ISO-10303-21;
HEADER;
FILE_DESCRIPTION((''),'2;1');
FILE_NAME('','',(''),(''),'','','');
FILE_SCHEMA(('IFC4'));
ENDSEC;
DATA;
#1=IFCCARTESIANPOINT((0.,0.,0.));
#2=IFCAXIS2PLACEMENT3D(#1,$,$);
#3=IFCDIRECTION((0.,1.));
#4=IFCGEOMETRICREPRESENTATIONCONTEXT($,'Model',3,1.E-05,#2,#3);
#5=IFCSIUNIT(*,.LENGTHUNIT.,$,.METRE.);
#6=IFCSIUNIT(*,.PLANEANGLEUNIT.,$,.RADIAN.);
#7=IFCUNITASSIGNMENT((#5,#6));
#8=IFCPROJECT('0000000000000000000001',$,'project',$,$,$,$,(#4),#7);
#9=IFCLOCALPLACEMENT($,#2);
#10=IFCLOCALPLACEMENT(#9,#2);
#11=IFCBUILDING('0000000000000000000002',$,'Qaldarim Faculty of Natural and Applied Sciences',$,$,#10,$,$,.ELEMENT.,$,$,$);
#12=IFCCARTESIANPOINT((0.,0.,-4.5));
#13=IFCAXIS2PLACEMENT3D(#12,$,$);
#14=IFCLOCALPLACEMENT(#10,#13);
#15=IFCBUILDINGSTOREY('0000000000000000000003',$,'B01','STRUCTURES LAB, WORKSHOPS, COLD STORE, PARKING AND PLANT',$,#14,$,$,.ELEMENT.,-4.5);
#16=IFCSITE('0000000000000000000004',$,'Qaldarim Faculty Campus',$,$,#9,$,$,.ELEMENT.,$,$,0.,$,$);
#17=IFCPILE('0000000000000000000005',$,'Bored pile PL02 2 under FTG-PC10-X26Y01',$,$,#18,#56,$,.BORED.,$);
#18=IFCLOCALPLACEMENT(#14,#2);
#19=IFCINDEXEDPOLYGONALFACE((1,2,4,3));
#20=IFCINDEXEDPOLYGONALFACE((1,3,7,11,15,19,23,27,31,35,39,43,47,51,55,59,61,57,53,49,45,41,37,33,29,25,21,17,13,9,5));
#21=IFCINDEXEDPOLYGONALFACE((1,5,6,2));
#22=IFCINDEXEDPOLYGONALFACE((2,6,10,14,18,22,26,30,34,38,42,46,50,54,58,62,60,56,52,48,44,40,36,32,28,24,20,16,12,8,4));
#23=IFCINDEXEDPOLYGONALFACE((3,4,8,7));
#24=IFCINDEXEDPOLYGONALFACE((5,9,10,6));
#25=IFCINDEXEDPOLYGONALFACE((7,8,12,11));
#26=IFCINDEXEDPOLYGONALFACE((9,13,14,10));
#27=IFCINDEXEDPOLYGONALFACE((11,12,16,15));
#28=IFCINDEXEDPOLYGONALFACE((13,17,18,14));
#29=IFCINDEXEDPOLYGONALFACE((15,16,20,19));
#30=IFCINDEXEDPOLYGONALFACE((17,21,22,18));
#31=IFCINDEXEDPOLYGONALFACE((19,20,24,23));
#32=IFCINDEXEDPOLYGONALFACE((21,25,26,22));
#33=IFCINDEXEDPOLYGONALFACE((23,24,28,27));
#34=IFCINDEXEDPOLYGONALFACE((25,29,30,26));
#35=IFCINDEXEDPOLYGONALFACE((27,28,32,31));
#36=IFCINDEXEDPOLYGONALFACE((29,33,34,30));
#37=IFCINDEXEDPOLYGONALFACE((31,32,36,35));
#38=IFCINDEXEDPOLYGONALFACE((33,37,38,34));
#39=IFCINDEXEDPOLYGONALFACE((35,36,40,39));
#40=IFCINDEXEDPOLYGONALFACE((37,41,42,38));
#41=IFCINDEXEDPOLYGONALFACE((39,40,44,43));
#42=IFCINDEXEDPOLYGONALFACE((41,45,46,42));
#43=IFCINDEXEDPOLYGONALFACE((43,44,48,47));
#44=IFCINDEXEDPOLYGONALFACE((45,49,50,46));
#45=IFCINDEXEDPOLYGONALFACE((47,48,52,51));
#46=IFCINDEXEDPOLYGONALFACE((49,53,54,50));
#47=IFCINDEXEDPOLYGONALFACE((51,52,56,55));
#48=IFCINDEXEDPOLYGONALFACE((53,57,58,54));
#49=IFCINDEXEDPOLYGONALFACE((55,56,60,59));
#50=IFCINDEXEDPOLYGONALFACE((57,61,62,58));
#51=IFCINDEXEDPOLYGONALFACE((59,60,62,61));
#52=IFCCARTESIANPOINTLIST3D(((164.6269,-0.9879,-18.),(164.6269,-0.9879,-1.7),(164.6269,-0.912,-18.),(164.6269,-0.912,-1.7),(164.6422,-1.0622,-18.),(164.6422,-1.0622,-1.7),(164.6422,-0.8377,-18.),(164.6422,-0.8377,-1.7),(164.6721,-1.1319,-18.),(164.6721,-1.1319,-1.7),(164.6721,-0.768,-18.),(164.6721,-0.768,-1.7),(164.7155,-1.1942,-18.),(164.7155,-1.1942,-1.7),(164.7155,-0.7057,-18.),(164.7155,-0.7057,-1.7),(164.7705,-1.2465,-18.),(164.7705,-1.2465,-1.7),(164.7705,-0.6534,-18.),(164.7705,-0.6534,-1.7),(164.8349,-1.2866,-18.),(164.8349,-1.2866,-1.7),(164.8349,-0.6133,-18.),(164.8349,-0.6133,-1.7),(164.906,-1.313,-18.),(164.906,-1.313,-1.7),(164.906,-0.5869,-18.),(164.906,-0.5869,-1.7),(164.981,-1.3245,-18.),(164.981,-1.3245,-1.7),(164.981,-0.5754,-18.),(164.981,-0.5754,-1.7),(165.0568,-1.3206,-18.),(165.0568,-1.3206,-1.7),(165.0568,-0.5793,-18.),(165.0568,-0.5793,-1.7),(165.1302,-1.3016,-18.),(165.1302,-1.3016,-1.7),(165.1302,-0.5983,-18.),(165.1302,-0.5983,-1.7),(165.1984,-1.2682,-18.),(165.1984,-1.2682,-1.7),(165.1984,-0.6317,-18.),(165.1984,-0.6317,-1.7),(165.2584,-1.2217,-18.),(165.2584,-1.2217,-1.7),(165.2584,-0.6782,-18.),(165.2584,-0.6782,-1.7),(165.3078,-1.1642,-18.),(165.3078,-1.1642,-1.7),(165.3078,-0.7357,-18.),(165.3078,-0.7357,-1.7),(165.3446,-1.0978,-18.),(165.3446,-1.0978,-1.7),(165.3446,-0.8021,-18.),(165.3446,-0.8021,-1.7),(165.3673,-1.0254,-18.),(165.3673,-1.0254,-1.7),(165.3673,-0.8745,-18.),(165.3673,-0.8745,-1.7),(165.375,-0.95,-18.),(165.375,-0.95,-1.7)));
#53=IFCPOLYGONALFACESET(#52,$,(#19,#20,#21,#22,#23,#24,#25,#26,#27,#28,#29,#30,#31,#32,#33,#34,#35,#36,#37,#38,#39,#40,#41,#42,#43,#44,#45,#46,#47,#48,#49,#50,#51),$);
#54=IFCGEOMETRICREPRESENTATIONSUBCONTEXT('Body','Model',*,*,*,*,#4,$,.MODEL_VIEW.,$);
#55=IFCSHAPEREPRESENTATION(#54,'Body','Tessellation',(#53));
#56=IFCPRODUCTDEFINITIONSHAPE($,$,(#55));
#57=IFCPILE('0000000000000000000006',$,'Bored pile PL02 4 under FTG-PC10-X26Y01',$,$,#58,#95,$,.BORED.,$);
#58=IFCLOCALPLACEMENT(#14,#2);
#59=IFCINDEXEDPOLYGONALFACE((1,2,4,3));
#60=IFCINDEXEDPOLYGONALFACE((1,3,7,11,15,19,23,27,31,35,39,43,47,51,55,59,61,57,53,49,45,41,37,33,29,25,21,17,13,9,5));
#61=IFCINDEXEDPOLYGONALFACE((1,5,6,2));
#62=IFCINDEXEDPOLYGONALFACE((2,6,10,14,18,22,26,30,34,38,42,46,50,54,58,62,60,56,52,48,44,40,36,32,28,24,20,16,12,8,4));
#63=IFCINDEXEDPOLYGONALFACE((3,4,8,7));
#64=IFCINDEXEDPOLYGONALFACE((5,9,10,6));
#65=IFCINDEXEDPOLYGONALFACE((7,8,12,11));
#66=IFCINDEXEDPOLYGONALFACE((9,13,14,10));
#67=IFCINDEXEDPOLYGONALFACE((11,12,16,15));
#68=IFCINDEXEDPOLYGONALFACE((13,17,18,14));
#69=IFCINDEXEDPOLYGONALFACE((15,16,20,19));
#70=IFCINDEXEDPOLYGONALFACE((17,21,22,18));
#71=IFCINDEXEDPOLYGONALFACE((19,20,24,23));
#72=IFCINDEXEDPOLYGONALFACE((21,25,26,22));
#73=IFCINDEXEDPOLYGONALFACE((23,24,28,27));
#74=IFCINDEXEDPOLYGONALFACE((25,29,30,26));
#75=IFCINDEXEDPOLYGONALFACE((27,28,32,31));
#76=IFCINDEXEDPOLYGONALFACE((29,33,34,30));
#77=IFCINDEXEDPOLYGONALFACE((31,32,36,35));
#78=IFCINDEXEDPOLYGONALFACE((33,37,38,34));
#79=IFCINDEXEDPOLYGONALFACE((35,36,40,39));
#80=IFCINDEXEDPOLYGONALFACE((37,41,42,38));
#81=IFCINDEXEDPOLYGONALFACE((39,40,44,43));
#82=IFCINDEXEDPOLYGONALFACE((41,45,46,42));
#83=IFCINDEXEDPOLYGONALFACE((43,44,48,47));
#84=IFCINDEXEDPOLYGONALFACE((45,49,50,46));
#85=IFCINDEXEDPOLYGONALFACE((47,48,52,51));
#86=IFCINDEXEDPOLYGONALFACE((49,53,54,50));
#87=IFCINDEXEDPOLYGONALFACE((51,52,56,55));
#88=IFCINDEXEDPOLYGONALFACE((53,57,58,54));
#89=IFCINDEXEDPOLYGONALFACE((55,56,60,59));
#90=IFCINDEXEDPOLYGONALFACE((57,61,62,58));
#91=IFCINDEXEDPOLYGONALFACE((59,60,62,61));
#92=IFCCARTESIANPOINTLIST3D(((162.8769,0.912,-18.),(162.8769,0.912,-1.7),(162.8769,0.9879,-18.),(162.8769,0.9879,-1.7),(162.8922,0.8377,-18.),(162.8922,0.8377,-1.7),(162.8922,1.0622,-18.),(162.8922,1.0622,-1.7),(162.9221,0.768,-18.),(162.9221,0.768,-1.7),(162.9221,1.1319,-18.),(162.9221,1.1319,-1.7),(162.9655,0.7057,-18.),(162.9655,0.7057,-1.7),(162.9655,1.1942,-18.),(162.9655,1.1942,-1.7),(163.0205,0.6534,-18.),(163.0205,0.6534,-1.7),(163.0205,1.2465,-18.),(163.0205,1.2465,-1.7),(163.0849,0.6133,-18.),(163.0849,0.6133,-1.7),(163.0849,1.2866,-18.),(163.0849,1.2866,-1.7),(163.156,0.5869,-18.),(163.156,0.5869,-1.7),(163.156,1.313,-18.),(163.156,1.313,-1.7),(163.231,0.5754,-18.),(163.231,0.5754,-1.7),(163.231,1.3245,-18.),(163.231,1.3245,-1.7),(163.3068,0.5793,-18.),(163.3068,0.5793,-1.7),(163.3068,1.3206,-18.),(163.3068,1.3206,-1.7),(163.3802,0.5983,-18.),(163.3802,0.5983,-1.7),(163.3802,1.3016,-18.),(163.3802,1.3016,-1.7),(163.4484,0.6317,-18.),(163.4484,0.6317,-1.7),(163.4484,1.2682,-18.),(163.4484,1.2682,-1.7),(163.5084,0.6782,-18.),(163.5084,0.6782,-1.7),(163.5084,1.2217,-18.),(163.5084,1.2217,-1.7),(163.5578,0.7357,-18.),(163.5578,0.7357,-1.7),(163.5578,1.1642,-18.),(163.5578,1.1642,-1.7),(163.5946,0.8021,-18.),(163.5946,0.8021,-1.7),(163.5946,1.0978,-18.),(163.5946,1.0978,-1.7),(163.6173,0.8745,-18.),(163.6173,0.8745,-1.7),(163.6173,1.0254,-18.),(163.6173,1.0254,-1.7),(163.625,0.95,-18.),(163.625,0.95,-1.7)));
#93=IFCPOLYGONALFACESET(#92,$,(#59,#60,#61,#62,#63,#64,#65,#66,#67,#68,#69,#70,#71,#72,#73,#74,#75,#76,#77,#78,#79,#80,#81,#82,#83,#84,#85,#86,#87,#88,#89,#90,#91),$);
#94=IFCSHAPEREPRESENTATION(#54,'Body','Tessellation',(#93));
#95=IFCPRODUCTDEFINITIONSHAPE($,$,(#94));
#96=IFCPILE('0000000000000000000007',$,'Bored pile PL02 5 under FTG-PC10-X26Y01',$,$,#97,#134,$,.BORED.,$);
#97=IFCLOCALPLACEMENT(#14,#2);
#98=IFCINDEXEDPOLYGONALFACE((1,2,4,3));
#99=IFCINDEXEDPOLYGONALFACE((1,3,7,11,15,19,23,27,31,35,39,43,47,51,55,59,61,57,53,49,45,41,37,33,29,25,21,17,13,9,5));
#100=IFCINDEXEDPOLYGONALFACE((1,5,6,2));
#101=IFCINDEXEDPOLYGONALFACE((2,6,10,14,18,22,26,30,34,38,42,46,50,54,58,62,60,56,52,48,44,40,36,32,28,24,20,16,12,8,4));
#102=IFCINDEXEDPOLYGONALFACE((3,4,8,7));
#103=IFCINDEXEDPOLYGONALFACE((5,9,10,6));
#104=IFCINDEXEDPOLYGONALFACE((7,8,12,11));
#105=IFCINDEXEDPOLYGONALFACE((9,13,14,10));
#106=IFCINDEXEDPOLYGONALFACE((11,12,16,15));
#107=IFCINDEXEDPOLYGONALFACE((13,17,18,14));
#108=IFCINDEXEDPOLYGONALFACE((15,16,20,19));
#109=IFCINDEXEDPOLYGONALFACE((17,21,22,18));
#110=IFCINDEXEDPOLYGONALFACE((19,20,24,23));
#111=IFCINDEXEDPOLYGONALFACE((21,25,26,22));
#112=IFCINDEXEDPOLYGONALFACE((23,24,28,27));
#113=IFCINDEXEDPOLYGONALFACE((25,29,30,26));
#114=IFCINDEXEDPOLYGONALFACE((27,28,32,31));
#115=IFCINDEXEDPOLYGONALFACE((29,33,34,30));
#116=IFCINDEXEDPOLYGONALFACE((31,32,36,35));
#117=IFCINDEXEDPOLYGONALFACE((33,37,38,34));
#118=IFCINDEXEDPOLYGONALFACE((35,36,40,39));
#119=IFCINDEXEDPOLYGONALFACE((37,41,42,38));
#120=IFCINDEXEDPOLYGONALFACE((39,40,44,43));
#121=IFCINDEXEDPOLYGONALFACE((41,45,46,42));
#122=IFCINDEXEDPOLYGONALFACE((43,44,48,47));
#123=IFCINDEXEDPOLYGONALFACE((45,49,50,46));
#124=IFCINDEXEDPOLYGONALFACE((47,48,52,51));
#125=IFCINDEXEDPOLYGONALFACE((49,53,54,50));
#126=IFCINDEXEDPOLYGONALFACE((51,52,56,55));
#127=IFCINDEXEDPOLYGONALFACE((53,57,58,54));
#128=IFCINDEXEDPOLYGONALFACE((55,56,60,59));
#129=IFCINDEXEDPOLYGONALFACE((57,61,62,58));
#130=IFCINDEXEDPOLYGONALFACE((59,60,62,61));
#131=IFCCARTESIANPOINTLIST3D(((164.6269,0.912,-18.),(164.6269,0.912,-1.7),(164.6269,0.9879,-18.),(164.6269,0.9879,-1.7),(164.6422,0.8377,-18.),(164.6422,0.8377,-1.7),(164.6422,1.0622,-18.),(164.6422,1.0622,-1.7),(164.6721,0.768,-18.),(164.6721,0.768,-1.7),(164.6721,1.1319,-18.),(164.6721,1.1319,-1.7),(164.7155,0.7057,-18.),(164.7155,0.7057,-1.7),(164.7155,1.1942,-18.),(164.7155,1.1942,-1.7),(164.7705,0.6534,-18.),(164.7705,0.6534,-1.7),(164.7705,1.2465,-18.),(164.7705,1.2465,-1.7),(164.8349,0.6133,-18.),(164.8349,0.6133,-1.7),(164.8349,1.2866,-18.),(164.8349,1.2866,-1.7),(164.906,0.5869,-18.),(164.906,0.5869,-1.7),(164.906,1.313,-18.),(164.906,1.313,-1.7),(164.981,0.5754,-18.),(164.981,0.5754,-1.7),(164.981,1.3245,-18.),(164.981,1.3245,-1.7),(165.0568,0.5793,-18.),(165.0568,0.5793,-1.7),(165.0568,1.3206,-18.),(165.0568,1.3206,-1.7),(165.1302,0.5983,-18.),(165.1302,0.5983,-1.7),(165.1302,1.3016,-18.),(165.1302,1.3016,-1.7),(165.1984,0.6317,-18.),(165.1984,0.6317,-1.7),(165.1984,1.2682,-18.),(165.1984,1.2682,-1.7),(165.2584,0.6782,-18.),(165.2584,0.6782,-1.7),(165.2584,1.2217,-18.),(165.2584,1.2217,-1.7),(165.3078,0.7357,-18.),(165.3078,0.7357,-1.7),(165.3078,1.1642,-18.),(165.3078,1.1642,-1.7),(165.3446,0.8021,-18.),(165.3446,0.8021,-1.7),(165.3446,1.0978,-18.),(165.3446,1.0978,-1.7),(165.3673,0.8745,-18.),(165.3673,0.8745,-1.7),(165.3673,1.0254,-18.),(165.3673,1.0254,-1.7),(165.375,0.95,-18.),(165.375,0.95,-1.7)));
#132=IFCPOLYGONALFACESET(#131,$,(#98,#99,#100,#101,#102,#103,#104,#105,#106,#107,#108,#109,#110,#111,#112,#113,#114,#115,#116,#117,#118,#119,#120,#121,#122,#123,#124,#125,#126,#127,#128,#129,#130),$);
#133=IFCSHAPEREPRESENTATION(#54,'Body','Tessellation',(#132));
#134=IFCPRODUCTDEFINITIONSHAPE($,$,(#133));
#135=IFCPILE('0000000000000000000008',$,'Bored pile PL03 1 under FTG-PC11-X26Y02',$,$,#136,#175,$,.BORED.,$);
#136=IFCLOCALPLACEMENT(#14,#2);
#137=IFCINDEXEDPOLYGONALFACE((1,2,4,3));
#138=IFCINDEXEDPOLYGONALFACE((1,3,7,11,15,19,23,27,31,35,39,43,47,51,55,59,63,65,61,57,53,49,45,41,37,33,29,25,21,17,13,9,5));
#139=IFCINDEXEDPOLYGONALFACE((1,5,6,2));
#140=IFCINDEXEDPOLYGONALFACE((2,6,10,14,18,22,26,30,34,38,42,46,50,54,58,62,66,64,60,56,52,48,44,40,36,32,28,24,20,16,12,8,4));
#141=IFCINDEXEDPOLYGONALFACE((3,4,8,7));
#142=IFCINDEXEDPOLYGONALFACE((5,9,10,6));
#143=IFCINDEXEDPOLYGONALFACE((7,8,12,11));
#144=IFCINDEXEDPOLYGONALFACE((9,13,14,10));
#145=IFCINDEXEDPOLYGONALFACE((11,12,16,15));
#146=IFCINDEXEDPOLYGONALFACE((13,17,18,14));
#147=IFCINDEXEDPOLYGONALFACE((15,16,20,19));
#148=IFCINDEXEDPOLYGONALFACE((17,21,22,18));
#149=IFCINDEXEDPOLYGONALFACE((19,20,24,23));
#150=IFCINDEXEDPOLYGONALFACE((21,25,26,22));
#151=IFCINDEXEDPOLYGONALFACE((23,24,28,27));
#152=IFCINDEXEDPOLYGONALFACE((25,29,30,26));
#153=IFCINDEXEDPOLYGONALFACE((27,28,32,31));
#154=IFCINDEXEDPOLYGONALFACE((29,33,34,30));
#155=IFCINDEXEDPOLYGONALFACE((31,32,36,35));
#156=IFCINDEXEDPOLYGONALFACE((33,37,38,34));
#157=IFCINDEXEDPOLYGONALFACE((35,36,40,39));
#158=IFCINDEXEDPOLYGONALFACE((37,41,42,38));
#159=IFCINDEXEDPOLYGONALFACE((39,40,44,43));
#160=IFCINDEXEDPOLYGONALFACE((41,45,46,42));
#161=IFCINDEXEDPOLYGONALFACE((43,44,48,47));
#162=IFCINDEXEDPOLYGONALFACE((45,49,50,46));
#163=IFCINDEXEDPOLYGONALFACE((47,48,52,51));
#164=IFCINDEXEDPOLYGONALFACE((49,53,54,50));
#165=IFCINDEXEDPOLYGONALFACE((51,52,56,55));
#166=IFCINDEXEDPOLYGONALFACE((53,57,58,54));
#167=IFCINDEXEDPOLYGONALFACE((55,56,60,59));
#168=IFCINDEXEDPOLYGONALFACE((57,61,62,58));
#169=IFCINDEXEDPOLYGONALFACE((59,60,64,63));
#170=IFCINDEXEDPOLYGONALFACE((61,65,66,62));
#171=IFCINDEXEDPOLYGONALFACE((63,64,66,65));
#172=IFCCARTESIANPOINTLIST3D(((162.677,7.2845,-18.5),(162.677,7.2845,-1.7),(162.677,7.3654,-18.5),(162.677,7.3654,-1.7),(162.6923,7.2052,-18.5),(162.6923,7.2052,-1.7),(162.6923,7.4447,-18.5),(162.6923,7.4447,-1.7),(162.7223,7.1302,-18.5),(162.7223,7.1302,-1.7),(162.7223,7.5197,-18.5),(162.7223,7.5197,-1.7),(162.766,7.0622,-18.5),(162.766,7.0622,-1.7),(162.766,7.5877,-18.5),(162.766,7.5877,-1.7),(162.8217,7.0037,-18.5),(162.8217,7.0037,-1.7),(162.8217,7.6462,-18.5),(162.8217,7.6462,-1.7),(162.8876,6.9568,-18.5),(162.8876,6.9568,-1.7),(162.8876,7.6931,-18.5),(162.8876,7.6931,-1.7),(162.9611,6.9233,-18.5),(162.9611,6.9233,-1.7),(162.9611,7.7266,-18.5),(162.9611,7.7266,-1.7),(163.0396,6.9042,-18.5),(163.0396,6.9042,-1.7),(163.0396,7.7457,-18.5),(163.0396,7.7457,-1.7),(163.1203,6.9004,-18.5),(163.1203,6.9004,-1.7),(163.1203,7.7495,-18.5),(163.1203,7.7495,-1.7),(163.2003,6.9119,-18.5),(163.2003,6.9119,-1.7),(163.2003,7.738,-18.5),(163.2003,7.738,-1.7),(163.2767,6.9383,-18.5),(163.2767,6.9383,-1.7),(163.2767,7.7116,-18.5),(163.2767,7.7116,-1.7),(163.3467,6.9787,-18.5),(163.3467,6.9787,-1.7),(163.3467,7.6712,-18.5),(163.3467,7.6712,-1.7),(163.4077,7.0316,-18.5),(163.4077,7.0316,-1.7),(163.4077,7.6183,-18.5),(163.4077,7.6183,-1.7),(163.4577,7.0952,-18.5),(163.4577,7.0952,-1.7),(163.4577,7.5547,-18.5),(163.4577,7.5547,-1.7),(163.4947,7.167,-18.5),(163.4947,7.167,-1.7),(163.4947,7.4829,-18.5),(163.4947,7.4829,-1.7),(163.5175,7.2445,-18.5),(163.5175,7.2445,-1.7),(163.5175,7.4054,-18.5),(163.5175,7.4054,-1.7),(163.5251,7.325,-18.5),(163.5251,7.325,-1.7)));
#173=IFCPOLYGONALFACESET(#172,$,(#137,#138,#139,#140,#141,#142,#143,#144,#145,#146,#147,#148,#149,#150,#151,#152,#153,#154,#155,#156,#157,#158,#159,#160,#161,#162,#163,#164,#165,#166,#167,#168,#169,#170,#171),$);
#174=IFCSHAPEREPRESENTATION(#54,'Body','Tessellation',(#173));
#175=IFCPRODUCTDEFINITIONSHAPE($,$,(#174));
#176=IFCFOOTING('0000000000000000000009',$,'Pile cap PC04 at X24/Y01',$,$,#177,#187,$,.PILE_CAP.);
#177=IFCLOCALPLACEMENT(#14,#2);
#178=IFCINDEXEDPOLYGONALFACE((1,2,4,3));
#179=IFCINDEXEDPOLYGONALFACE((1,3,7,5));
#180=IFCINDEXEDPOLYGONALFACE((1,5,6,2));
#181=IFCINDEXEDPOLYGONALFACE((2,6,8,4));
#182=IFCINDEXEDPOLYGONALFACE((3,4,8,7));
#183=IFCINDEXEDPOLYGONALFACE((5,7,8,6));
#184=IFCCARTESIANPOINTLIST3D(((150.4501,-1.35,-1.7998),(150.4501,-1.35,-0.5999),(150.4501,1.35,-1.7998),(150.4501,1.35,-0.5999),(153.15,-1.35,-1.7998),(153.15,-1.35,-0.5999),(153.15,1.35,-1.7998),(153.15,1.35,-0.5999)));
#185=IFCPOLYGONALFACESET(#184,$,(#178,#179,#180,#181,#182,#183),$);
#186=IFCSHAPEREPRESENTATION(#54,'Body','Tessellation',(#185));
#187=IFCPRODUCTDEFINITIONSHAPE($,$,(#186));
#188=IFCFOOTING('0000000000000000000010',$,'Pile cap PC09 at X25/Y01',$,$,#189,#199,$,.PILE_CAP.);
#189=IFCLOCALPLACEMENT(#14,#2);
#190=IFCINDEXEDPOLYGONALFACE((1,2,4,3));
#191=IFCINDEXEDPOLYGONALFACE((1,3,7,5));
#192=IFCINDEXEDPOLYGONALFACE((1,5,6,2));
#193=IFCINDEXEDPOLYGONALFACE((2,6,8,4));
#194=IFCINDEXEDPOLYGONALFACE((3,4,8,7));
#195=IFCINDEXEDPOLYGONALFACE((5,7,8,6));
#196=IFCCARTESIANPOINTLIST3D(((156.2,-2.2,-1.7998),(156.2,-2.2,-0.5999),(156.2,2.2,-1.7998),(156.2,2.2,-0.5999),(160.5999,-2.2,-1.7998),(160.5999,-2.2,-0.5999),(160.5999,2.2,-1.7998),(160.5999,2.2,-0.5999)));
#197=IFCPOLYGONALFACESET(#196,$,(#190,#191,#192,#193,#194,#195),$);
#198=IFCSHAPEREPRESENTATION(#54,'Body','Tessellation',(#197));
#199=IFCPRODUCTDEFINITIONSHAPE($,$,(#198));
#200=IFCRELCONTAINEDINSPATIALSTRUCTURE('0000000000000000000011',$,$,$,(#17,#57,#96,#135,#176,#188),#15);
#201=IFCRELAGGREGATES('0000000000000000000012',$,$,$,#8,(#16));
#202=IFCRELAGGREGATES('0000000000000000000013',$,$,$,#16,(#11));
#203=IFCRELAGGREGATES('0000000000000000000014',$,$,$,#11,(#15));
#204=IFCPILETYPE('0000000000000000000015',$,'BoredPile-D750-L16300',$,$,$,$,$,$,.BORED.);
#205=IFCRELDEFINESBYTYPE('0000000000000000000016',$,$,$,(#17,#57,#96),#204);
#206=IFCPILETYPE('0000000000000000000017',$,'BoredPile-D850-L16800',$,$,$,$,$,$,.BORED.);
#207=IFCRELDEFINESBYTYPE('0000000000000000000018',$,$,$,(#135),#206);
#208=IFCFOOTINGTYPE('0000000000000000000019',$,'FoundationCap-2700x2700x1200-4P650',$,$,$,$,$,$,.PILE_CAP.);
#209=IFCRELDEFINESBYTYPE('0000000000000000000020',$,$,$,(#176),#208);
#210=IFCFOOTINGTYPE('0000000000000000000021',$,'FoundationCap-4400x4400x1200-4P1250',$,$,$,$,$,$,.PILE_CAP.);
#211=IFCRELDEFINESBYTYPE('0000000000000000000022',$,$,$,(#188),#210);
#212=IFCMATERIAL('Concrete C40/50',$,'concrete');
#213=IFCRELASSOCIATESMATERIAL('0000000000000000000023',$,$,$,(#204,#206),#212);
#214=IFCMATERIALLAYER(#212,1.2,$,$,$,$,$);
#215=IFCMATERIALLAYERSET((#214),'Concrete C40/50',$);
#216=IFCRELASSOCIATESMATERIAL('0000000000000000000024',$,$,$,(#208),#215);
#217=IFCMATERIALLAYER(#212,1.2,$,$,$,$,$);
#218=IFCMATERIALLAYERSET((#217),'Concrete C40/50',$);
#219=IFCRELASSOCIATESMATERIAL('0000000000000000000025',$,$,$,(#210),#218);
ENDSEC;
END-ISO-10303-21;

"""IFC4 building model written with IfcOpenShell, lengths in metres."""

from ifc_helpers import new_model, si_unit, direction, frame, origin, origin_2d, place, context, subcontext, project, spatial, rectangle, circle, extrude, material, layer, layer_set, material_profile, profile_set, type_object, element, save


model = new_model("IFC4")

# Units and contexts
model_context = context("Model", 3, precision=1e-05, world=origin(), true_north=direction((0.0, 1.0)))
body_context = subcontext(model_context, "Body", "Model", "MODEL_VIEW")
ifc_project = project(units=[si_unit("LENGTHUNIT", "METRE"), si_unit("PLANEANGLEUNIT", "RADIAN")], contexts=[model_context])

# Site, building, storey
site_placement = place(None, origin())
site = spatial("IfcSite", under=ifc_project, at=site_placement, Name="Qaldarim Faculty Campus", CompositionType="ELEMENT", RefElevation=0.0)
building_placement = place(site_placement, origin())
building = spatial("IfcBuilding", under=site, at=building_placement, Name="Qaldarim Faculty of Natural and Applied Sciences", CompositionType="ELEMENT")
storey_placement = place(building_placement, frame((0.0, 0.0, -4.5)))
storey = spatial("IfcBuildingStorey", under=building, at=storey_placement, Name="B01", Description="STRUCTURES LAB, WORKSHOPS, COLD STORE, PARKING AND PLANT", CompositionType="ELEMENT", Elevation=-4.5)

# Piles
ifc_material_1 = material(Name="Concrete C40/50", Category="concrete")
ifc_material_profile_1 = material_profile(ifc_material_1, circle(Radius=0.375, at=origin_2d()), Name="PILE-D750")
ifc_profile_set_1 = profile_set([ifc_material_profile_1], Name="Concrete C40/50")
pile_type_1 = type_object("IfcPileType", Name="BoredPile-D750-L16300", PredefinedType="BORED", material=ifc_profile_set_1)
for number, where, z_axis, x_axis, name in (
    (1, (165.0, -0.95, -1.7), (0.0, 0.0, -1.0), (1.0, 0.0, 0.0), "Bored pile PL02 2 under FTG-PC10-X26Y01"),
    (2, (163.25, 0.95, -1.7), (0.0, 0.0, -1.0), (1.0, 0.0, 0.0), "Bored pile PL02 4 under FTG-PC10-X26Y01"),
    (3, (165.0, 0.95, -1.7), (0.0, 0.0, -1.0), (1.0, 0.0, 0.0), "Bored pile PL02 5 under FTG-PC10-X26Y01"),
):
    element("IfcPile", number, at=place(storey_placement, frame(where, z_axis=z_axis, x_axis=x_axis)), inside=storey, type_object=pile_type_1, Name=name, PredefinedType="BORED", context=body_context, shape_type="SweptSolid", body=[
        extrude(circle(Radius=0.375, at=origin_2d()), origin(), (0.0, 0.0, 1.0), 16.3),
    ])
ifc_material_profile_2 = material_profile(ifc_material_1, circle(Radius=0.425, at=origin_2d()), Name="PILE-D850")
ifc_profile_set_2 = profile_set([ifc_material_profile_2], Name="Concrete C40/50")
pile_type_2 = type_object("IfcPileType", Name="BoredPile-D850-L16800", PredefinedType="BORED", material=ifc_profile_set_2)
pile_placement = place(storey_placement, frame((163.1001, 7.325, -1.7), z_axis=(0.0, 0.0, -1.0), x_axis=(1.0, 0.0, 0.0)))
element("IfcPile", 4, at=pile_placement, inside=storey, type_object=pile_type_2, Name="Bored pile PL03 1 under FTG-PC11-X26Y02", PredefinedType="BORED", context=body_context, shape_type="SweptSolid", body=[
    extrude(circle(Radius=0.425, at=origin_2d()), origin(), (0.0, 0.0, 1.0), 16.8),
])

# Footings
ifc_layer_1 = layer(ifc_material_1, 1.2)
ifc_layer_set_1 = layer_set([ifc_layer_1], Name="Concrete C40/50")
footing_type_1 = type_object("IfcFootingType", Name="FoundationCap-2700x2700x1200-4P650", PredefinedType="PILE_CAP", material=ifc_layer_set_1)
footing_1_placement = place(storey_placement, frame((151.8, 0.0, -1.7998), z_axis=(0.0, 0.0, 1.0), x_axis=(1.0, 0.0, 0.0)))
element("IfcFooting", 5, at=footing_1_placement, inside=storey, type_object=footing_type_1, Name="Pile cap PC04 at X24/Y01", PredefinedType="PILE_CAP", context=body_context, shape_type="SweptSolid", body=[
    extrude(rectangle(XDim=2.7, YDim=2.7, at=origin_2d()), origin(), (0.0, 0.0, 1.0), 1.2),
])
ifc_layer_2 = layer(ifc_material_1, 1.2)
ifc_layer_set_2 = layer_set([ifc_layer_2], Name="Concrete C40/50")
footing_type_2 = type_object("IfcFootingType", Name="FoundationCap-4400x4400x1200-4P1250", PredefinedType="PILE_CAP", material=ifc_layer_set_2)
footing_2_placement = place(storey_placement, frame((158.3999, 0.0, -1.7998), z_axis=(0.0, 0.0, 1.0), x_axis=(1.0, 0.0, 0.0)))
element("IfcFooting", 6, at=footing_2_placement, inside=storey, type_object=footing_type_2, Name="Pile cap PC09 at X25/Y01", PredefinedType="PILE_CAP", context=body_context, shape_type="SweptSolid", body=[
    extrude(rectangle(XDim=4.3999, YDim=4.3999, at=origin_2d()), origin(), (0.0, 0.0, 1.0), 1.2),
])

save(model, "model.ifc")
